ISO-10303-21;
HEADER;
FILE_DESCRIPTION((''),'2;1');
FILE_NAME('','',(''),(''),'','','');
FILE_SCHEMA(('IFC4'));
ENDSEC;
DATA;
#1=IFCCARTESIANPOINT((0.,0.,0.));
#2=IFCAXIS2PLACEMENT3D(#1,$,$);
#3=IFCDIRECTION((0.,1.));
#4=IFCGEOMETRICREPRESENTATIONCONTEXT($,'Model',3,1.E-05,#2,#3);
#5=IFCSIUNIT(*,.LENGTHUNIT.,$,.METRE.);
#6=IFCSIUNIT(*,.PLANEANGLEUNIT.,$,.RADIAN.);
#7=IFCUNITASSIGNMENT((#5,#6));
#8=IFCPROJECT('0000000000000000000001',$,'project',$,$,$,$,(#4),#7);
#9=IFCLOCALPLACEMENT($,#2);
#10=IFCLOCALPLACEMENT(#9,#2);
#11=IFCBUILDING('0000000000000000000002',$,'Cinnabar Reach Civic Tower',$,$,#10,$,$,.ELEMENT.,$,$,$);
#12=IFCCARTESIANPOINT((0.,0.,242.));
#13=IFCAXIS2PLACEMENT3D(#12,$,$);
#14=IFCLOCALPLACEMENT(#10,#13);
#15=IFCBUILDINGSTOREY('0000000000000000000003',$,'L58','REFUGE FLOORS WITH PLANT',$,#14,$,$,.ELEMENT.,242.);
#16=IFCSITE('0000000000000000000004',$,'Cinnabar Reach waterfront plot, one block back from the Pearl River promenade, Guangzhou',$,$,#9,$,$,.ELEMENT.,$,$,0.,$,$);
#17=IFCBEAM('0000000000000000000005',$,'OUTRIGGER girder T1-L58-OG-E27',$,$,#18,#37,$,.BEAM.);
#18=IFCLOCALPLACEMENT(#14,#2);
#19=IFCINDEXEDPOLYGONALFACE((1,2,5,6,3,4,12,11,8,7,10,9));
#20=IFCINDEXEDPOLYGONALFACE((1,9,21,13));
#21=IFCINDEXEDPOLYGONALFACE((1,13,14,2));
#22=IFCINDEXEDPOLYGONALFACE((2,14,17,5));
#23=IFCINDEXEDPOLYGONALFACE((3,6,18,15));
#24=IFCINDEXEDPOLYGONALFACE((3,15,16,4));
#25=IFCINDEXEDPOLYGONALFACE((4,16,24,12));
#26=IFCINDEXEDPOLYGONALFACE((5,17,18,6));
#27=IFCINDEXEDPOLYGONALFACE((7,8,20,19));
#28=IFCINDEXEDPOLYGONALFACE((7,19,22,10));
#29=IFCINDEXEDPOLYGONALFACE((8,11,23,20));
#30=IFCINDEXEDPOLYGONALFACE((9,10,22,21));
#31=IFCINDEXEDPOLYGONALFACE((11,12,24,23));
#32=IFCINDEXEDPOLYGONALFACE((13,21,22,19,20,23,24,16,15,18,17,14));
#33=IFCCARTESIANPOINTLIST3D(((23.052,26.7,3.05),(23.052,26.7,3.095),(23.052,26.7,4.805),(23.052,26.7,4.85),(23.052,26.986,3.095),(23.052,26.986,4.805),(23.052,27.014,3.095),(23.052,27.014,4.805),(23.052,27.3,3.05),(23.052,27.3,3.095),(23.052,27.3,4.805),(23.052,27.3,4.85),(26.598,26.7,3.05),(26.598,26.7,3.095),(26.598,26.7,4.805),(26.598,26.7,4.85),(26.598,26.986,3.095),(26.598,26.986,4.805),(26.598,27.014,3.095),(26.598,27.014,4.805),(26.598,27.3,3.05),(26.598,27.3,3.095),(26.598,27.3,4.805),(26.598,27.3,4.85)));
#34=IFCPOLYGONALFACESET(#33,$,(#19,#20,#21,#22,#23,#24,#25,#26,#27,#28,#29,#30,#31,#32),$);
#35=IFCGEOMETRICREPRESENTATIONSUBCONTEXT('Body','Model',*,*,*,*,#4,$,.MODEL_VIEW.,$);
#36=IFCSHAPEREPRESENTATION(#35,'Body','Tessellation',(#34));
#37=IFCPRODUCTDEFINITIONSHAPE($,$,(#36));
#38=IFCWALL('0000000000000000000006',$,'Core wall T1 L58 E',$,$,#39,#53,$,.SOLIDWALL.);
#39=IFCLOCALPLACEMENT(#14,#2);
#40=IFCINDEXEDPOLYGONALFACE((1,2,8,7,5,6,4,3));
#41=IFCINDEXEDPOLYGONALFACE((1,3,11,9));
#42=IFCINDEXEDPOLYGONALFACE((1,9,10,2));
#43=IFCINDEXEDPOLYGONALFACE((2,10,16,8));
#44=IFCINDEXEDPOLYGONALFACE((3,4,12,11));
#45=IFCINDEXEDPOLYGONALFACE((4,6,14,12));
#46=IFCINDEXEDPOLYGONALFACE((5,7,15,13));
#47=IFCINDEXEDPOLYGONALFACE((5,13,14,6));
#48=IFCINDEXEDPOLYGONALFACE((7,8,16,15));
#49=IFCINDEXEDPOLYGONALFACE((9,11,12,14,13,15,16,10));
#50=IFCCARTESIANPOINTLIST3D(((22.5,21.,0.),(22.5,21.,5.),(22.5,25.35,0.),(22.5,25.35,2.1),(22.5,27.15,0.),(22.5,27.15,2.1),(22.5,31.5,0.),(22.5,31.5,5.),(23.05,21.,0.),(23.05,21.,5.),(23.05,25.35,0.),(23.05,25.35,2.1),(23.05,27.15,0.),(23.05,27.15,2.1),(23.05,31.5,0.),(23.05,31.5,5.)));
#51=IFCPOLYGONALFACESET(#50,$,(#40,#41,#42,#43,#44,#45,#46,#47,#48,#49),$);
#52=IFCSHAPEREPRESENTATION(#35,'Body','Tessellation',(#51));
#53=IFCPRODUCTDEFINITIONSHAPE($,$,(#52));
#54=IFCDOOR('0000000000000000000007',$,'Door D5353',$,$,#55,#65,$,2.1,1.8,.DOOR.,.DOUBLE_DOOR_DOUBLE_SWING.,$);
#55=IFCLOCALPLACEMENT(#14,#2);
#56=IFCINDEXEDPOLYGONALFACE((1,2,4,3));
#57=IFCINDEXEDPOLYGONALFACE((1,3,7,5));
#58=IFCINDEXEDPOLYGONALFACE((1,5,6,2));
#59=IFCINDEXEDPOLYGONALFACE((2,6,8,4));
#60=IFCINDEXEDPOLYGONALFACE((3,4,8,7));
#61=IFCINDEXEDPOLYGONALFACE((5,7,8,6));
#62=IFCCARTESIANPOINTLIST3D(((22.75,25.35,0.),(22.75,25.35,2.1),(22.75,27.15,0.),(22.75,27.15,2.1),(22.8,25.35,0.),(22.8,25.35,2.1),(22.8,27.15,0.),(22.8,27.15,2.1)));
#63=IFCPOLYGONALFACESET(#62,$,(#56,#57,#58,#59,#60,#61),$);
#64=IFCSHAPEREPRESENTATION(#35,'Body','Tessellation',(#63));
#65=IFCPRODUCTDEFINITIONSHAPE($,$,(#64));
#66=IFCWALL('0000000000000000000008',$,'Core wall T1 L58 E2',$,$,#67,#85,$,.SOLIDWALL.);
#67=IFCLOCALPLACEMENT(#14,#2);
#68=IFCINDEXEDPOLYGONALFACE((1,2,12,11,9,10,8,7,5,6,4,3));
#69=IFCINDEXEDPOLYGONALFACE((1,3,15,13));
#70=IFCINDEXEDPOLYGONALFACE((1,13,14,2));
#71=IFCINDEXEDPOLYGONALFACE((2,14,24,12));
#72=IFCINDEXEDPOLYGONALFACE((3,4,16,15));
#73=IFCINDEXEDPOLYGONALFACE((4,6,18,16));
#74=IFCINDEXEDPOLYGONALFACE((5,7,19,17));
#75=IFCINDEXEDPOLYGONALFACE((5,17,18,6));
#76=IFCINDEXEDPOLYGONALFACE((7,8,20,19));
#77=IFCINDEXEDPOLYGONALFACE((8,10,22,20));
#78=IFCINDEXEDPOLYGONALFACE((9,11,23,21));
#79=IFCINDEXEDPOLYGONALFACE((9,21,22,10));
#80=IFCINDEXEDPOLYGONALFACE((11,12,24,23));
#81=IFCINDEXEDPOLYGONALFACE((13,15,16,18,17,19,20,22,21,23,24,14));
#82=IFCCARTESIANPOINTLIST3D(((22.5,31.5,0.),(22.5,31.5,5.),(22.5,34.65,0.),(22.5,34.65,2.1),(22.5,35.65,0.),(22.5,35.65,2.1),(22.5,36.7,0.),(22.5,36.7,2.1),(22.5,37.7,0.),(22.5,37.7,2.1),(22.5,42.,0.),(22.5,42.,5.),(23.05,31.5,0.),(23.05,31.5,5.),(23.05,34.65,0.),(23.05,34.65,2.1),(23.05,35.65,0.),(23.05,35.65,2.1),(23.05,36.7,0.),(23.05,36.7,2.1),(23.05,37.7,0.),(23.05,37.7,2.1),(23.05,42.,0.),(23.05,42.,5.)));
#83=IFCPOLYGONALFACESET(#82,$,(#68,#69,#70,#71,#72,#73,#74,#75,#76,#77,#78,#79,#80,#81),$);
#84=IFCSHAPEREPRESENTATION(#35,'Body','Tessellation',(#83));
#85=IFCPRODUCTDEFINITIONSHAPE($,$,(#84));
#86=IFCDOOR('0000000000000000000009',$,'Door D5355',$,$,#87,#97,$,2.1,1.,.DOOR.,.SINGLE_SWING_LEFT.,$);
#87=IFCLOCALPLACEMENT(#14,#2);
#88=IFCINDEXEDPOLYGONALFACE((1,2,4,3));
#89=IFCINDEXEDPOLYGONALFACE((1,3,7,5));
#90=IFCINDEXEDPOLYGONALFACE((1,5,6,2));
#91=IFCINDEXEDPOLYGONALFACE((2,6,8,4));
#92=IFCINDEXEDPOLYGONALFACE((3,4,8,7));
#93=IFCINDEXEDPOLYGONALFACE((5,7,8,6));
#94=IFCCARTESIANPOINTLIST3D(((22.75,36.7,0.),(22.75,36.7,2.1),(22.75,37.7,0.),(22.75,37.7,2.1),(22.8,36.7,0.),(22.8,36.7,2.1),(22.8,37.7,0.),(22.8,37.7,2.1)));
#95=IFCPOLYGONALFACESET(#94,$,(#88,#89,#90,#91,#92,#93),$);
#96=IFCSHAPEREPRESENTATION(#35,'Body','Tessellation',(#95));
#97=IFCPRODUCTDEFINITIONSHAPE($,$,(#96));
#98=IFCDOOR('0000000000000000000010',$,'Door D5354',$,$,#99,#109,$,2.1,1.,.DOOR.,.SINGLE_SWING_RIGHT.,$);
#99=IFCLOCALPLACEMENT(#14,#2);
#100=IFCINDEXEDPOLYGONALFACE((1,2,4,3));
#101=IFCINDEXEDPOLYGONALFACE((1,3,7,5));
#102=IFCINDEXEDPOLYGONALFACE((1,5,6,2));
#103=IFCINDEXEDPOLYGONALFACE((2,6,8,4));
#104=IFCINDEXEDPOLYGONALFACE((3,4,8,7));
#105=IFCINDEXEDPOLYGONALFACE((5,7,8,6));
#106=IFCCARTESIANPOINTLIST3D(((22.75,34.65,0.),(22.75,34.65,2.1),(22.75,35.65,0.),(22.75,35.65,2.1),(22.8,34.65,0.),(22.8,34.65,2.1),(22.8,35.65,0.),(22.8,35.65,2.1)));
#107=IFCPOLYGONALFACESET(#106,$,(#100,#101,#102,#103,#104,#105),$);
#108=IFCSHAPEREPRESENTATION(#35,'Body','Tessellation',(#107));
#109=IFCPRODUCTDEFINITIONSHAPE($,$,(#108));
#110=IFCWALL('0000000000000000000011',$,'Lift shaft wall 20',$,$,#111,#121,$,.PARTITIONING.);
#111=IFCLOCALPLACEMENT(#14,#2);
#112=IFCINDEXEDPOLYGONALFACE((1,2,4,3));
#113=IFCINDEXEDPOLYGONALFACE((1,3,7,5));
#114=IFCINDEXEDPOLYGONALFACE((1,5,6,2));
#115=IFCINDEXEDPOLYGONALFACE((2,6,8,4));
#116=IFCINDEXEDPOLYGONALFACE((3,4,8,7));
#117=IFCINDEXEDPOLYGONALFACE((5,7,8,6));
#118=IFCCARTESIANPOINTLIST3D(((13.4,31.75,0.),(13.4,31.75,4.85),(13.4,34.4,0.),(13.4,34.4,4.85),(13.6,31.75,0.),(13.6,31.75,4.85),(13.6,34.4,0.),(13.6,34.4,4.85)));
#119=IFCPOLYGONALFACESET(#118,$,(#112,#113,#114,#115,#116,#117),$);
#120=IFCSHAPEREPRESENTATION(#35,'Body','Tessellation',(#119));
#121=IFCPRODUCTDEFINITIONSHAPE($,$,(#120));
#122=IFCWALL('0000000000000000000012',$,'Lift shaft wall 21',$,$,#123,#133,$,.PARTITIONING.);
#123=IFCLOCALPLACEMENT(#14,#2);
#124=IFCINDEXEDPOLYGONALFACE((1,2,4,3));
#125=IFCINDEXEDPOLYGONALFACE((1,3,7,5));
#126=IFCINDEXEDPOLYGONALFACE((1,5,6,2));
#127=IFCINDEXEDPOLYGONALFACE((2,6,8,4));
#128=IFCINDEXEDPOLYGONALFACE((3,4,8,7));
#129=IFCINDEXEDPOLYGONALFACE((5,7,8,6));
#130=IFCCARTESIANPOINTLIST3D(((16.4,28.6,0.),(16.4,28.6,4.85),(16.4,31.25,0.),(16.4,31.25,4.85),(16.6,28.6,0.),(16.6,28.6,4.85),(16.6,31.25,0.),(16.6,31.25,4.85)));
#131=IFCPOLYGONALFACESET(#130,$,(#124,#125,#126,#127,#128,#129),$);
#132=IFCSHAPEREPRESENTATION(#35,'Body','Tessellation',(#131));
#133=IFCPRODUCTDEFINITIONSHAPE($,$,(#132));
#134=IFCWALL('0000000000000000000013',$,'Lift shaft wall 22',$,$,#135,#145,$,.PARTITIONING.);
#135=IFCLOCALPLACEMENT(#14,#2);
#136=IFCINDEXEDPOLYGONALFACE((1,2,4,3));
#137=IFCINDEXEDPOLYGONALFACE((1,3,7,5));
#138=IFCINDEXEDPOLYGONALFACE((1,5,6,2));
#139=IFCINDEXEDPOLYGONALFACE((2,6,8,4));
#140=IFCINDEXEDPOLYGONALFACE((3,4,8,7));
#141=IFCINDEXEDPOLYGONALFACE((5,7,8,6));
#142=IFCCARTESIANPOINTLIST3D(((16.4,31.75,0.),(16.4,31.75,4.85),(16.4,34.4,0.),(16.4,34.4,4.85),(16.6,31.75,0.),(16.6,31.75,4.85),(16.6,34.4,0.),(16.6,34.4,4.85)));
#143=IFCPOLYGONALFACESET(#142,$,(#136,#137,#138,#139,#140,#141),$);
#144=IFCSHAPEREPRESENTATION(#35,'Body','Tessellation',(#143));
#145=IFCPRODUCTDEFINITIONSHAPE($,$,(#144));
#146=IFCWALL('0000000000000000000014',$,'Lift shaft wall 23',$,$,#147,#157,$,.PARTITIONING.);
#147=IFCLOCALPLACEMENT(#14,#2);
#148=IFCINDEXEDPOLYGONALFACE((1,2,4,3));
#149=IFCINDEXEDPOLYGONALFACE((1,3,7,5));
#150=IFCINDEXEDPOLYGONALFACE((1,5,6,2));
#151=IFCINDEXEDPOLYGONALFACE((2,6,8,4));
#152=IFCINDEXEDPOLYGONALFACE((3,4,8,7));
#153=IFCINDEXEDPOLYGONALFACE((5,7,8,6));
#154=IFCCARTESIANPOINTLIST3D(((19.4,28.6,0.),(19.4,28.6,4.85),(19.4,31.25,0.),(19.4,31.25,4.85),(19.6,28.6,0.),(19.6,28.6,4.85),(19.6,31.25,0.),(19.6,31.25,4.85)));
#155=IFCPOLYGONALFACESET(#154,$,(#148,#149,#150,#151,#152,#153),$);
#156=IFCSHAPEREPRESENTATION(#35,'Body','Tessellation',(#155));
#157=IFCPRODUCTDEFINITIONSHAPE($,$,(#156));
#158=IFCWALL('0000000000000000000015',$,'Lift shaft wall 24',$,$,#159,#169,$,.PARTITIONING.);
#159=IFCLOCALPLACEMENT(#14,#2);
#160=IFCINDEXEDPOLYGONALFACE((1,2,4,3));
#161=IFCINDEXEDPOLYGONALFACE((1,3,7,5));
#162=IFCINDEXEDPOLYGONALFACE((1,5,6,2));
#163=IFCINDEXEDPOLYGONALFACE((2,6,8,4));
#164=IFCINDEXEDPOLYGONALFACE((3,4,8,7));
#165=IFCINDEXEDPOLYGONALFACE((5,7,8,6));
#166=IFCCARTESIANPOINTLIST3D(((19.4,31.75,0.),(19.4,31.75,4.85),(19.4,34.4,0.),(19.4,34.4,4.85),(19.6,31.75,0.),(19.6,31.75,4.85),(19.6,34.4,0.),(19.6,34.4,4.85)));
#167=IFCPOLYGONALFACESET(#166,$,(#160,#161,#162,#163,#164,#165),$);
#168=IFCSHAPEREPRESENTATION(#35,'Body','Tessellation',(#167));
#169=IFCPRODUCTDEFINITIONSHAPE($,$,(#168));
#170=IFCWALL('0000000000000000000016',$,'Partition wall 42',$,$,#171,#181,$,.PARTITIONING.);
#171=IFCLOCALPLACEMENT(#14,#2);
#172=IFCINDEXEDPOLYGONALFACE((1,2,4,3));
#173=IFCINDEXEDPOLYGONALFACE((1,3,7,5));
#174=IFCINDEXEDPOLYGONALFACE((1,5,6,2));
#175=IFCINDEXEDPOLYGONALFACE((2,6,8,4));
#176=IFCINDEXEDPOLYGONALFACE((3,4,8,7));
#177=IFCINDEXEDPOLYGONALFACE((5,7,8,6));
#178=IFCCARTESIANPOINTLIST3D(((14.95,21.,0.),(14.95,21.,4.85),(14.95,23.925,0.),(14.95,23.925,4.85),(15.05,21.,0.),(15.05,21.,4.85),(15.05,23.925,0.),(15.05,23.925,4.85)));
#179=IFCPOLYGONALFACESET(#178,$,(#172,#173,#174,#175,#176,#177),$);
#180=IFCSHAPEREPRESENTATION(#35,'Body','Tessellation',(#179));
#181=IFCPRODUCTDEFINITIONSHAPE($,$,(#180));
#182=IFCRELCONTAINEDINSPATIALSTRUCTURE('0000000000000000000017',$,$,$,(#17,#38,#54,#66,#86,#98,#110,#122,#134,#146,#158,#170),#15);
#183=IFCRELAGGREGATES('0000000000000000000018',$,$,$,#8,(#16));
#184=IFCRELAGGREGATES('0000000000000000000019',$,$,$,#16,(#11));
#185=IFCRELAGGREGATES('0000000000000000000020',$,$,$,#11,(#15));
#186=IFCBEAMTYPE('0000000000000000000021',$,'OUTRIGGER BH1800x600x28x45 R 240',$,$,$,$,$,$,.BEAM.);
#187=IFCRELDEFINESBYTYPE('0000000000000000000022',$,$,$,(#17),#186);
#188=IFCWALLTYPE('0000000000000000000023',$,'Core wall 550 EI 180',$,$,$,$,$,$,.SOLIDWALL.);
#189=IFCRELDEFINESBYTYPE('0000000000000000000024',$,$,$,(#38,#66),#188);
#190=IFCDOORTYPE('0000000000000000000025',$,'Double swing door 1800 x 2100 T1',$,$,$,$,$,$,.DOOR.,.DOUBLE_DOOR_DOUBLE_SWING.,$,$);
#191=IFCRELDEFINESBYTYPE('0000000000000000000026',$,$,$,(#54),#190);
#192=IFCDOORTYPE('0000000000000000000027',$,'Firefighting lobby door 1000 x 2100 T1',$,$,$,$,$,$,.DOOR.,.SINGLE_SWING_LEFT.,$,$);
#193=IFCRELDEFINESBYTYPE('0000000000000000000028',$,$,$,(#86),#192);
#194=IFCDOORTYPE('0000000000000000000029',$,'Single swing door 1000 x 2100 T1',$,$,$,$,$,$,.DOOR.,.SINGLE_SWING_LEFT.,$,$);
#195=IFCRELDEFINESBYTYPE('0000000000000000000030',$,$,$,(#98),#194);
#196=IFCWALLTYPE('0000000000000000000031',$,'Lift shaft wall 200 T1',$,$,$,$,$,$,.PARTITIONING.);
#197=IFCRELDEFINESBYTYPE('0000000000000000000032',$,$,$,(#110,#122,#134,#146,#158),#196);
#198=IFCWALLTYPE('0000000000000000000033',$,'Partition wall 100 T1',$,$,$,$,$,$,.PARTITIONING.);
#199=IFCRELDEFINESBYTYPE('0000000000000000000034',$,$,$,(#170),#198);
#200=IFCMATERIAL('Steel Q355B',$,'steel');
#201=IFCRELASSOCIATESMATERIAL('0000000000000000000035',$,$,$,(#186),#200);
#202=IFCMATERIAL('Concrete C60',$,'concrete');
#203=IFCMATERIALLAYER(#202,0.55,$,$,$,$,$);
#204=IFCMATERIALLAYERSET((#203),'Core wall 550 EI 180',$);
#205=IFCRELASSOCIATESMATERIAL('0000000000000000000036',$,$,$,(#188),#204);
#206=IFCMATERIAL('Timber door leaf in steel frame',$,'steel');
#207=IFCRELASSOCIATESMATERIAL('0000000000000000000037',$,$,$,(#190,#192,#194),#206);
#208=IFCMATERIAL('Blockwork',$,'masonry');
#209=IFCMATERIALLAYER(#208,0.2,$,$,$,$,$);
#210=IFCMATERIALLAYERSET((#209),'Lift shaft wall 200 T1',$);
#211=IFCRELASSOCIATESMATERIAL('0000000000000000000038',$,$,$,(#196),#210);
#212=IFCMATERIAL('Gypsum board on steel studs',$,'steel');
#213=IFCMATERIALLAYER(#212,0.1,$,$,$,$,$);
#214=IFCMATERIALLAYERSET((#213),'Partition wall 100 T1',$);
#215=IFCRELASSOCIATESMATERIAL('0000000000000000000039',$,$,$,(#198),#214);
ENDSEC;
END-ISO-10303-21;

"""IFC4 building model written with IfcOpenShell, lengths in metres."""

from ifc_helpers import new_model, si_unit, direction, frame, frame_2d, origin, origin_2d, place, context, subcontext, project, spatial, rectangle, i_section, extrude, material, layer, layer_set, material_profile, profile_set, type_object, element, fill, save


model = new_model("IFC4")

# Units and contexts
model_context = context("Model", 3, precision=1e-05, world=origin(), true_north=direction((0.0, 1.0)))
body_context = subcontext(model_context, "Body", "Model", "MODEL_VIEW")
ifc_project = project(units=[si_unit("LENGTHUNIT", "METRE"), si_unit("PLANEANGLEUNIT", "RADIAN")], contexts=[model_context])

# Site, building, storey
site_placement = place(None, origin())
site = spatial("IfcSite", under=ifc_project, at=site_placement, Name="Cinnabar Reach waterfront plot, one block back from the Pearl River promenade, Guangzhou", CompositionType="ELEMENT", RefElevation=0.0)
building_placement = place(site_placement, origin())
building = spatial("IfcBuilding", under=site, at=building_placement, Name="Cinnabar Reach Civic Tower", CompositionType="ELEMENT")
storey_placement = place(building_placement, frame((0.0, 0.0, 242.0)))
storey = spatial("IfcBuildingStorey", under=building, at=storey_placement, Name="L58", Description="REFUGE FLOORS WITH PLANT", CompositionType="ELEMENT", Elevation=242.0)

# Shared definitions
ifc_material_1 = material(Name="Concrete C60", Category="concrete")

# Beam
ifc_material_2 = material(Name="Steel Q355B", Category="steel")
ifc_material_profile_1 = material_profile(ifc_material_2, i_section(OverallWidth=0.6, OverallDepth=1.8, WebThickness=0.028, FlangeThickness=0.045, at=origin_2d()), Name="BH1800x600x28x45")
ifc_profile_set_1 = profile_set([ifc_material_profile_1], Name="Steel Q355B")
beam_type_1 = type_object("IfcBeamType", Name="OUTRIGGER BH1800x600x28x45 R 240", PredefinedType="BEAM", material=ifc_profile_set_1)
beam_1_placement = place(storey_placement, frame((23.052, 27.0, 3.95), z_axis=(1.0, 0.0, 0.0), x_axis=(0.0, 1.0, 0.0)))
element("IfcBeam", 1, at=beam_1_placement, inside=storey, type_object=beam_type_1, Name="OUTRIGGER girder T1-L58-OG-E27", PredefinedType="BEAM", context=body_context, shape_type="SweptSolid", body=[
    extrude(i_section(OverallWidth=0.6, OverallDepth=1.8, WebThickness=0.028, FlangeThickness=0.045, at=origin_2d()), origin(), (0.0, 0.0, 1.0), 3.546),
])

# Wall, opening, door
ifc_layer_1 = layer(ifc_material_1, 0.55)
ifc_layer_set_1 = layer_set([ifc_layer_1], Name="Core wall 550 EI 180")
wall_type_1 = type_object("IfcWallType", Name="Core wall 550 EI 180", PredefinedType="SOLIDWALL", material=ifc_layer_set_1)
wall_1_placement = place(storey_placement, frame((22.775, 21.0, 0.0), z_axis=(0.0, 0.0, 1.0), x_axis=(0.0, 1.0, 0.0)))
wall_1 = element("IfcWall", 2, at=wall_1_placement, inside=storey, type_object=wall_type_1, Name="Core wall T1 L58 E", PredefinedType="SOLIDWALL", context=body_context, shape_type="SweptSolid", body=[
    extrude(rectangle(XDim=10.5, YDim=0.55, at=frame_2d((5.25, 0.0))), origin(), (0.0, 0.0, 1.0), 5.0),
])
opening_1_placement = place(wall_1_placement, frame((4.35, 0.0, 0.0)))
opening_1 = element("IfcOpeningElement", 3, at=opening_1_placement, cuts=wall_1, PredefinedType="OPENING", context=body_context, shape_type="SweptSolid", body=[
    extrude(rectangle(XDim=1.8, YDim=2.1, at=frame_2d((0.9, 1.05))), frame((0.0, 0.285, 0.0), z_axis=(0.0, -1.0, 0.0), x_axis=(1.0, 0.0, 0.0)), (0.0, 0.0, 1.0), 0.57),
])
ifc_material_3 = material(Name="Timber door leaf in steel frame", Category="steel")
door_type_1 = type_object("IfcDoorType", Name="Double swing door 1800 x 2100 T1", OperationType="DOUBLE_DOOR_DOUBLE_SWING", PredefinedType="DOOR", material=ifc_material_3)
door_1_placement = place(opening_1_placement, origin())
door_1 = element("IfcDoor", 4, at=door_1_placement, inside=storey, type_object=door_type_1, Name="Door D5353", OperationType="DOUBLE_DOOR_DOUBLE_SWING", OverallHeight=2.1, OverallWidth=1.8, PredefinedType="DOOR", context=body_context, shape_type="SweptSolid", body=[
    extrude(rectangle(XDim=1.8, YDim=2.1, at=frame_2d((0.9, 1.05))), frame((0.0, 0.025, 0.0), z_axis=(0.0, -1.0, 0.0), x_axis=(1.0, 0.0, 0.0)), (0.0, 0.0, 1.0), 0.05),
])
fill(opening_1, door_1)

# Wall, openings, doors
wall_2_placement = place(storey_placement, frame((22.775, 31.5, 0.0), z_axis=(0.0, 0.0, 1.0), x_axis=(0.0, 1.0, 0.0)))
wall_2 = element("IfcWall", 5, at=wall_2_placement, inside=storey, type_object=wall_type_1, Name="Core wall T1 L58 E2", PredefinedType="SOLIDWALL", context=body_context, shape_type="SweptSolid", body=[
    extrude(rectangle(XDim=10.5, YDim=0.55, at=frame_2d((5.25, 0.0))), origin(), (0.0, 0.0, 1.0), 5.0),
])
opening_2_placement = place(wall_2_placement, frame((3.15, 0.0, 0.0)))
opening_2 = element("IfcOpeningElement", 6, at=opening_2_placement, cuts=wall_2, PredefinedType="OPENING", context=body_context, shape_type="SweptSolid", body=[
    extrude(rectangle(XDim=1.0, YDim=2.1, at=frame_2d((0.5, 1.05))), frame((0.0, 0.285, 0.0), z_axis=(0.0, -1.0, 0.0), x_axis=(1.0, 0.0, 0.0)), (0.0, 0.0, 1.0), 0.57),
])
opening_3_placement = place(wall_2_placement, frame((5.2, 0.0, 0.0)))
opening_3 = element("IfcOpeningElement", 7, at=opening_3_placement, cuts=wall_2, PredefinedType="OPENING", context=body_context, shape_type="SweptSolid", body=[
    extrude(rectangle(XDim=1.0, YDim=2.1, at=frame_2d((0.5, 1.05))), frame((0.0, 0.285, 0.0), z_axis=(0.0, -1.0, 0.0), x_axis=(1.0, 0.0, 0.0)), (0.0, 0.0, 1.0), 0.57),
])
door_type_2 = type_object("IfcDoorType", Name="Firefighting lobby door 1000 x 2100 T1", OperationType="SINGLE_SWING_LEFT", PredefinedType="DOOR", material=ifc_material_3)
door_2_placement = place(opening_3_placement, origin())
door_2 = element("IfcDoor", 8, at=door_2_placement, inside=storey, type_object=door_type_2, Name="Door D5355", OperationType="SINGLE_SWING_LEFT", OverallHeight=2.1, OverallWidth=1.0, PredefinedType="DOOR", context=body_context, shape_type="SweptSolid", body=[
    extrude(rectangle(XDim=1.0, YDim=2.1, at=frame_2d((0.5, 1.05))), frame((0.0, 0.025, 0.0), z_axis=(0.0, -1.0, 0.0), x_axis=(1.0, 0.0, 0.0)), (0.0, 0.0, 1.0), 0.05),
])
fill(opening_3, door_2)
door_type_3 = type_object("IfcDoorType", Name="Single swing door 1000 x 2100 T1", OperationType="SINGLE_SWING_LEFT", PredefinedType="DOOR", material=ifc_material_3)
door_3_placement = place(opening_2_placement, origin())
door_3 = element("IfcDoor", 9, at=door_3_placement, inside=storey, type_object=door_type_3, Name="Door D5354", OperationType="SINGLE_SWING_RIGHT", OverallHeight=2.1, OverallWidth=1.0, PredefinedType="DOOR", context=body_context, shape_type="SweptSolid", body=[
    extrude(rectangle(XDim=1.0, YDim=2.1, at=frame_2d((0.5, 1.05))), frame((0.0, 0.025, 0.0), z_axis=(0.0, -1.0, 0.0), x_axis=(1.0, 0.0, 0.0)), (0.0, 0.0, 1.0), 0.05),
])
fill(opening_2, door_3)

# Walls
ifc_material_4 = material(Name="Blockwork", Category="masonry")
ifc_layer_2 = layer(ifc_material_4, 0.2)
ifc_layer_set_2 = layer_set([ifc_layer_2], Name="Lift shaft wall 200 T1")
wall_type_2 = type_object("IfcWallType", Name="Lift shaft wall 200 T1", PredefinedType="PARTITIONING", material=ifc_layer_set_2)
for number, where, z_axis, x_axis, name in (
    (10, (13.5, 31.75, 0.0), (0.0, 0.0, 1.0), (0.0, 1.0, 0.0), "Lift shaft wall 20"),
    (11, (16.5, 28.6, 0.0), (0.0, 0.0, 1.0), (0.0, 1.0, 0.0), "Lift shaft wall 21"),
    (12, (16.5, 31.75, 0.0), (0.0, 0.0, 1.0), (0.0, 1.0, 0.0), "Lift shaft wall 22"),
    (13, (19.5, 28.6, 0.0), (0.0, 0.0, 1.0), (0.0, 1.0, 0.0), "Lift shaft wall 23"),
    (14, (19.5, 31.75, 0.0), (0.0, 0.0, 1.0), (0.0, 1.0, 0.0), "Lift shaft wall 24"),
):
    element("IfcWall", number, at=place(storey_placement, frame(where, z_axis=z_axis, x_axis=x_axis)), inside=storey, type_object=wall_type_2, Name=name, PredefinedType="PARTITIONING", context=body_context, shape_type="SweptSolid", body=[
        extrude(rectangle(XDim=2.65, YDim=0.2, at=frame_2d((1.325, 0.0))), origin(), (0.0, 0.0, 1.0), 4.85),
    ])
ifc_material_5 = material(Name="Gypsum board on steel studs", Category="steel")
ifc_layer_3 = layer(ifc_material_5, 0.1)
ifc_layer_set_3 = layer_set([ifc_layer_3], Name="Partition wall 100 T1")
wall_type_3 = type_object("IfcWallType", Name="Partition wall 100 T1", PredefinedType="PARTITIONING", material=ifc_layer_set_3)
wall_3_placement = place(storey_placement, frame((15.0, 21.0, 0.0), z_axis=(0.0, 0.0, 1.0), x_axis=(0.0, 1.0, 0.0)))
element("IfcWall", 15, at=wall_3_placement, inside=storey, type_object=wall_type_3, Name="Partition wall 42", PredefinedType="PARTITIONING", context=body_context, shape_type="SweptSolid", body=[
    extrude(rectangle(XDim=2.925, YDim=0.1, at=frame_2d((1.4625, 0.0))), origin(), (0.0, 0.0, 1.0), 4.85),
])

save(model, "model.ifc")
